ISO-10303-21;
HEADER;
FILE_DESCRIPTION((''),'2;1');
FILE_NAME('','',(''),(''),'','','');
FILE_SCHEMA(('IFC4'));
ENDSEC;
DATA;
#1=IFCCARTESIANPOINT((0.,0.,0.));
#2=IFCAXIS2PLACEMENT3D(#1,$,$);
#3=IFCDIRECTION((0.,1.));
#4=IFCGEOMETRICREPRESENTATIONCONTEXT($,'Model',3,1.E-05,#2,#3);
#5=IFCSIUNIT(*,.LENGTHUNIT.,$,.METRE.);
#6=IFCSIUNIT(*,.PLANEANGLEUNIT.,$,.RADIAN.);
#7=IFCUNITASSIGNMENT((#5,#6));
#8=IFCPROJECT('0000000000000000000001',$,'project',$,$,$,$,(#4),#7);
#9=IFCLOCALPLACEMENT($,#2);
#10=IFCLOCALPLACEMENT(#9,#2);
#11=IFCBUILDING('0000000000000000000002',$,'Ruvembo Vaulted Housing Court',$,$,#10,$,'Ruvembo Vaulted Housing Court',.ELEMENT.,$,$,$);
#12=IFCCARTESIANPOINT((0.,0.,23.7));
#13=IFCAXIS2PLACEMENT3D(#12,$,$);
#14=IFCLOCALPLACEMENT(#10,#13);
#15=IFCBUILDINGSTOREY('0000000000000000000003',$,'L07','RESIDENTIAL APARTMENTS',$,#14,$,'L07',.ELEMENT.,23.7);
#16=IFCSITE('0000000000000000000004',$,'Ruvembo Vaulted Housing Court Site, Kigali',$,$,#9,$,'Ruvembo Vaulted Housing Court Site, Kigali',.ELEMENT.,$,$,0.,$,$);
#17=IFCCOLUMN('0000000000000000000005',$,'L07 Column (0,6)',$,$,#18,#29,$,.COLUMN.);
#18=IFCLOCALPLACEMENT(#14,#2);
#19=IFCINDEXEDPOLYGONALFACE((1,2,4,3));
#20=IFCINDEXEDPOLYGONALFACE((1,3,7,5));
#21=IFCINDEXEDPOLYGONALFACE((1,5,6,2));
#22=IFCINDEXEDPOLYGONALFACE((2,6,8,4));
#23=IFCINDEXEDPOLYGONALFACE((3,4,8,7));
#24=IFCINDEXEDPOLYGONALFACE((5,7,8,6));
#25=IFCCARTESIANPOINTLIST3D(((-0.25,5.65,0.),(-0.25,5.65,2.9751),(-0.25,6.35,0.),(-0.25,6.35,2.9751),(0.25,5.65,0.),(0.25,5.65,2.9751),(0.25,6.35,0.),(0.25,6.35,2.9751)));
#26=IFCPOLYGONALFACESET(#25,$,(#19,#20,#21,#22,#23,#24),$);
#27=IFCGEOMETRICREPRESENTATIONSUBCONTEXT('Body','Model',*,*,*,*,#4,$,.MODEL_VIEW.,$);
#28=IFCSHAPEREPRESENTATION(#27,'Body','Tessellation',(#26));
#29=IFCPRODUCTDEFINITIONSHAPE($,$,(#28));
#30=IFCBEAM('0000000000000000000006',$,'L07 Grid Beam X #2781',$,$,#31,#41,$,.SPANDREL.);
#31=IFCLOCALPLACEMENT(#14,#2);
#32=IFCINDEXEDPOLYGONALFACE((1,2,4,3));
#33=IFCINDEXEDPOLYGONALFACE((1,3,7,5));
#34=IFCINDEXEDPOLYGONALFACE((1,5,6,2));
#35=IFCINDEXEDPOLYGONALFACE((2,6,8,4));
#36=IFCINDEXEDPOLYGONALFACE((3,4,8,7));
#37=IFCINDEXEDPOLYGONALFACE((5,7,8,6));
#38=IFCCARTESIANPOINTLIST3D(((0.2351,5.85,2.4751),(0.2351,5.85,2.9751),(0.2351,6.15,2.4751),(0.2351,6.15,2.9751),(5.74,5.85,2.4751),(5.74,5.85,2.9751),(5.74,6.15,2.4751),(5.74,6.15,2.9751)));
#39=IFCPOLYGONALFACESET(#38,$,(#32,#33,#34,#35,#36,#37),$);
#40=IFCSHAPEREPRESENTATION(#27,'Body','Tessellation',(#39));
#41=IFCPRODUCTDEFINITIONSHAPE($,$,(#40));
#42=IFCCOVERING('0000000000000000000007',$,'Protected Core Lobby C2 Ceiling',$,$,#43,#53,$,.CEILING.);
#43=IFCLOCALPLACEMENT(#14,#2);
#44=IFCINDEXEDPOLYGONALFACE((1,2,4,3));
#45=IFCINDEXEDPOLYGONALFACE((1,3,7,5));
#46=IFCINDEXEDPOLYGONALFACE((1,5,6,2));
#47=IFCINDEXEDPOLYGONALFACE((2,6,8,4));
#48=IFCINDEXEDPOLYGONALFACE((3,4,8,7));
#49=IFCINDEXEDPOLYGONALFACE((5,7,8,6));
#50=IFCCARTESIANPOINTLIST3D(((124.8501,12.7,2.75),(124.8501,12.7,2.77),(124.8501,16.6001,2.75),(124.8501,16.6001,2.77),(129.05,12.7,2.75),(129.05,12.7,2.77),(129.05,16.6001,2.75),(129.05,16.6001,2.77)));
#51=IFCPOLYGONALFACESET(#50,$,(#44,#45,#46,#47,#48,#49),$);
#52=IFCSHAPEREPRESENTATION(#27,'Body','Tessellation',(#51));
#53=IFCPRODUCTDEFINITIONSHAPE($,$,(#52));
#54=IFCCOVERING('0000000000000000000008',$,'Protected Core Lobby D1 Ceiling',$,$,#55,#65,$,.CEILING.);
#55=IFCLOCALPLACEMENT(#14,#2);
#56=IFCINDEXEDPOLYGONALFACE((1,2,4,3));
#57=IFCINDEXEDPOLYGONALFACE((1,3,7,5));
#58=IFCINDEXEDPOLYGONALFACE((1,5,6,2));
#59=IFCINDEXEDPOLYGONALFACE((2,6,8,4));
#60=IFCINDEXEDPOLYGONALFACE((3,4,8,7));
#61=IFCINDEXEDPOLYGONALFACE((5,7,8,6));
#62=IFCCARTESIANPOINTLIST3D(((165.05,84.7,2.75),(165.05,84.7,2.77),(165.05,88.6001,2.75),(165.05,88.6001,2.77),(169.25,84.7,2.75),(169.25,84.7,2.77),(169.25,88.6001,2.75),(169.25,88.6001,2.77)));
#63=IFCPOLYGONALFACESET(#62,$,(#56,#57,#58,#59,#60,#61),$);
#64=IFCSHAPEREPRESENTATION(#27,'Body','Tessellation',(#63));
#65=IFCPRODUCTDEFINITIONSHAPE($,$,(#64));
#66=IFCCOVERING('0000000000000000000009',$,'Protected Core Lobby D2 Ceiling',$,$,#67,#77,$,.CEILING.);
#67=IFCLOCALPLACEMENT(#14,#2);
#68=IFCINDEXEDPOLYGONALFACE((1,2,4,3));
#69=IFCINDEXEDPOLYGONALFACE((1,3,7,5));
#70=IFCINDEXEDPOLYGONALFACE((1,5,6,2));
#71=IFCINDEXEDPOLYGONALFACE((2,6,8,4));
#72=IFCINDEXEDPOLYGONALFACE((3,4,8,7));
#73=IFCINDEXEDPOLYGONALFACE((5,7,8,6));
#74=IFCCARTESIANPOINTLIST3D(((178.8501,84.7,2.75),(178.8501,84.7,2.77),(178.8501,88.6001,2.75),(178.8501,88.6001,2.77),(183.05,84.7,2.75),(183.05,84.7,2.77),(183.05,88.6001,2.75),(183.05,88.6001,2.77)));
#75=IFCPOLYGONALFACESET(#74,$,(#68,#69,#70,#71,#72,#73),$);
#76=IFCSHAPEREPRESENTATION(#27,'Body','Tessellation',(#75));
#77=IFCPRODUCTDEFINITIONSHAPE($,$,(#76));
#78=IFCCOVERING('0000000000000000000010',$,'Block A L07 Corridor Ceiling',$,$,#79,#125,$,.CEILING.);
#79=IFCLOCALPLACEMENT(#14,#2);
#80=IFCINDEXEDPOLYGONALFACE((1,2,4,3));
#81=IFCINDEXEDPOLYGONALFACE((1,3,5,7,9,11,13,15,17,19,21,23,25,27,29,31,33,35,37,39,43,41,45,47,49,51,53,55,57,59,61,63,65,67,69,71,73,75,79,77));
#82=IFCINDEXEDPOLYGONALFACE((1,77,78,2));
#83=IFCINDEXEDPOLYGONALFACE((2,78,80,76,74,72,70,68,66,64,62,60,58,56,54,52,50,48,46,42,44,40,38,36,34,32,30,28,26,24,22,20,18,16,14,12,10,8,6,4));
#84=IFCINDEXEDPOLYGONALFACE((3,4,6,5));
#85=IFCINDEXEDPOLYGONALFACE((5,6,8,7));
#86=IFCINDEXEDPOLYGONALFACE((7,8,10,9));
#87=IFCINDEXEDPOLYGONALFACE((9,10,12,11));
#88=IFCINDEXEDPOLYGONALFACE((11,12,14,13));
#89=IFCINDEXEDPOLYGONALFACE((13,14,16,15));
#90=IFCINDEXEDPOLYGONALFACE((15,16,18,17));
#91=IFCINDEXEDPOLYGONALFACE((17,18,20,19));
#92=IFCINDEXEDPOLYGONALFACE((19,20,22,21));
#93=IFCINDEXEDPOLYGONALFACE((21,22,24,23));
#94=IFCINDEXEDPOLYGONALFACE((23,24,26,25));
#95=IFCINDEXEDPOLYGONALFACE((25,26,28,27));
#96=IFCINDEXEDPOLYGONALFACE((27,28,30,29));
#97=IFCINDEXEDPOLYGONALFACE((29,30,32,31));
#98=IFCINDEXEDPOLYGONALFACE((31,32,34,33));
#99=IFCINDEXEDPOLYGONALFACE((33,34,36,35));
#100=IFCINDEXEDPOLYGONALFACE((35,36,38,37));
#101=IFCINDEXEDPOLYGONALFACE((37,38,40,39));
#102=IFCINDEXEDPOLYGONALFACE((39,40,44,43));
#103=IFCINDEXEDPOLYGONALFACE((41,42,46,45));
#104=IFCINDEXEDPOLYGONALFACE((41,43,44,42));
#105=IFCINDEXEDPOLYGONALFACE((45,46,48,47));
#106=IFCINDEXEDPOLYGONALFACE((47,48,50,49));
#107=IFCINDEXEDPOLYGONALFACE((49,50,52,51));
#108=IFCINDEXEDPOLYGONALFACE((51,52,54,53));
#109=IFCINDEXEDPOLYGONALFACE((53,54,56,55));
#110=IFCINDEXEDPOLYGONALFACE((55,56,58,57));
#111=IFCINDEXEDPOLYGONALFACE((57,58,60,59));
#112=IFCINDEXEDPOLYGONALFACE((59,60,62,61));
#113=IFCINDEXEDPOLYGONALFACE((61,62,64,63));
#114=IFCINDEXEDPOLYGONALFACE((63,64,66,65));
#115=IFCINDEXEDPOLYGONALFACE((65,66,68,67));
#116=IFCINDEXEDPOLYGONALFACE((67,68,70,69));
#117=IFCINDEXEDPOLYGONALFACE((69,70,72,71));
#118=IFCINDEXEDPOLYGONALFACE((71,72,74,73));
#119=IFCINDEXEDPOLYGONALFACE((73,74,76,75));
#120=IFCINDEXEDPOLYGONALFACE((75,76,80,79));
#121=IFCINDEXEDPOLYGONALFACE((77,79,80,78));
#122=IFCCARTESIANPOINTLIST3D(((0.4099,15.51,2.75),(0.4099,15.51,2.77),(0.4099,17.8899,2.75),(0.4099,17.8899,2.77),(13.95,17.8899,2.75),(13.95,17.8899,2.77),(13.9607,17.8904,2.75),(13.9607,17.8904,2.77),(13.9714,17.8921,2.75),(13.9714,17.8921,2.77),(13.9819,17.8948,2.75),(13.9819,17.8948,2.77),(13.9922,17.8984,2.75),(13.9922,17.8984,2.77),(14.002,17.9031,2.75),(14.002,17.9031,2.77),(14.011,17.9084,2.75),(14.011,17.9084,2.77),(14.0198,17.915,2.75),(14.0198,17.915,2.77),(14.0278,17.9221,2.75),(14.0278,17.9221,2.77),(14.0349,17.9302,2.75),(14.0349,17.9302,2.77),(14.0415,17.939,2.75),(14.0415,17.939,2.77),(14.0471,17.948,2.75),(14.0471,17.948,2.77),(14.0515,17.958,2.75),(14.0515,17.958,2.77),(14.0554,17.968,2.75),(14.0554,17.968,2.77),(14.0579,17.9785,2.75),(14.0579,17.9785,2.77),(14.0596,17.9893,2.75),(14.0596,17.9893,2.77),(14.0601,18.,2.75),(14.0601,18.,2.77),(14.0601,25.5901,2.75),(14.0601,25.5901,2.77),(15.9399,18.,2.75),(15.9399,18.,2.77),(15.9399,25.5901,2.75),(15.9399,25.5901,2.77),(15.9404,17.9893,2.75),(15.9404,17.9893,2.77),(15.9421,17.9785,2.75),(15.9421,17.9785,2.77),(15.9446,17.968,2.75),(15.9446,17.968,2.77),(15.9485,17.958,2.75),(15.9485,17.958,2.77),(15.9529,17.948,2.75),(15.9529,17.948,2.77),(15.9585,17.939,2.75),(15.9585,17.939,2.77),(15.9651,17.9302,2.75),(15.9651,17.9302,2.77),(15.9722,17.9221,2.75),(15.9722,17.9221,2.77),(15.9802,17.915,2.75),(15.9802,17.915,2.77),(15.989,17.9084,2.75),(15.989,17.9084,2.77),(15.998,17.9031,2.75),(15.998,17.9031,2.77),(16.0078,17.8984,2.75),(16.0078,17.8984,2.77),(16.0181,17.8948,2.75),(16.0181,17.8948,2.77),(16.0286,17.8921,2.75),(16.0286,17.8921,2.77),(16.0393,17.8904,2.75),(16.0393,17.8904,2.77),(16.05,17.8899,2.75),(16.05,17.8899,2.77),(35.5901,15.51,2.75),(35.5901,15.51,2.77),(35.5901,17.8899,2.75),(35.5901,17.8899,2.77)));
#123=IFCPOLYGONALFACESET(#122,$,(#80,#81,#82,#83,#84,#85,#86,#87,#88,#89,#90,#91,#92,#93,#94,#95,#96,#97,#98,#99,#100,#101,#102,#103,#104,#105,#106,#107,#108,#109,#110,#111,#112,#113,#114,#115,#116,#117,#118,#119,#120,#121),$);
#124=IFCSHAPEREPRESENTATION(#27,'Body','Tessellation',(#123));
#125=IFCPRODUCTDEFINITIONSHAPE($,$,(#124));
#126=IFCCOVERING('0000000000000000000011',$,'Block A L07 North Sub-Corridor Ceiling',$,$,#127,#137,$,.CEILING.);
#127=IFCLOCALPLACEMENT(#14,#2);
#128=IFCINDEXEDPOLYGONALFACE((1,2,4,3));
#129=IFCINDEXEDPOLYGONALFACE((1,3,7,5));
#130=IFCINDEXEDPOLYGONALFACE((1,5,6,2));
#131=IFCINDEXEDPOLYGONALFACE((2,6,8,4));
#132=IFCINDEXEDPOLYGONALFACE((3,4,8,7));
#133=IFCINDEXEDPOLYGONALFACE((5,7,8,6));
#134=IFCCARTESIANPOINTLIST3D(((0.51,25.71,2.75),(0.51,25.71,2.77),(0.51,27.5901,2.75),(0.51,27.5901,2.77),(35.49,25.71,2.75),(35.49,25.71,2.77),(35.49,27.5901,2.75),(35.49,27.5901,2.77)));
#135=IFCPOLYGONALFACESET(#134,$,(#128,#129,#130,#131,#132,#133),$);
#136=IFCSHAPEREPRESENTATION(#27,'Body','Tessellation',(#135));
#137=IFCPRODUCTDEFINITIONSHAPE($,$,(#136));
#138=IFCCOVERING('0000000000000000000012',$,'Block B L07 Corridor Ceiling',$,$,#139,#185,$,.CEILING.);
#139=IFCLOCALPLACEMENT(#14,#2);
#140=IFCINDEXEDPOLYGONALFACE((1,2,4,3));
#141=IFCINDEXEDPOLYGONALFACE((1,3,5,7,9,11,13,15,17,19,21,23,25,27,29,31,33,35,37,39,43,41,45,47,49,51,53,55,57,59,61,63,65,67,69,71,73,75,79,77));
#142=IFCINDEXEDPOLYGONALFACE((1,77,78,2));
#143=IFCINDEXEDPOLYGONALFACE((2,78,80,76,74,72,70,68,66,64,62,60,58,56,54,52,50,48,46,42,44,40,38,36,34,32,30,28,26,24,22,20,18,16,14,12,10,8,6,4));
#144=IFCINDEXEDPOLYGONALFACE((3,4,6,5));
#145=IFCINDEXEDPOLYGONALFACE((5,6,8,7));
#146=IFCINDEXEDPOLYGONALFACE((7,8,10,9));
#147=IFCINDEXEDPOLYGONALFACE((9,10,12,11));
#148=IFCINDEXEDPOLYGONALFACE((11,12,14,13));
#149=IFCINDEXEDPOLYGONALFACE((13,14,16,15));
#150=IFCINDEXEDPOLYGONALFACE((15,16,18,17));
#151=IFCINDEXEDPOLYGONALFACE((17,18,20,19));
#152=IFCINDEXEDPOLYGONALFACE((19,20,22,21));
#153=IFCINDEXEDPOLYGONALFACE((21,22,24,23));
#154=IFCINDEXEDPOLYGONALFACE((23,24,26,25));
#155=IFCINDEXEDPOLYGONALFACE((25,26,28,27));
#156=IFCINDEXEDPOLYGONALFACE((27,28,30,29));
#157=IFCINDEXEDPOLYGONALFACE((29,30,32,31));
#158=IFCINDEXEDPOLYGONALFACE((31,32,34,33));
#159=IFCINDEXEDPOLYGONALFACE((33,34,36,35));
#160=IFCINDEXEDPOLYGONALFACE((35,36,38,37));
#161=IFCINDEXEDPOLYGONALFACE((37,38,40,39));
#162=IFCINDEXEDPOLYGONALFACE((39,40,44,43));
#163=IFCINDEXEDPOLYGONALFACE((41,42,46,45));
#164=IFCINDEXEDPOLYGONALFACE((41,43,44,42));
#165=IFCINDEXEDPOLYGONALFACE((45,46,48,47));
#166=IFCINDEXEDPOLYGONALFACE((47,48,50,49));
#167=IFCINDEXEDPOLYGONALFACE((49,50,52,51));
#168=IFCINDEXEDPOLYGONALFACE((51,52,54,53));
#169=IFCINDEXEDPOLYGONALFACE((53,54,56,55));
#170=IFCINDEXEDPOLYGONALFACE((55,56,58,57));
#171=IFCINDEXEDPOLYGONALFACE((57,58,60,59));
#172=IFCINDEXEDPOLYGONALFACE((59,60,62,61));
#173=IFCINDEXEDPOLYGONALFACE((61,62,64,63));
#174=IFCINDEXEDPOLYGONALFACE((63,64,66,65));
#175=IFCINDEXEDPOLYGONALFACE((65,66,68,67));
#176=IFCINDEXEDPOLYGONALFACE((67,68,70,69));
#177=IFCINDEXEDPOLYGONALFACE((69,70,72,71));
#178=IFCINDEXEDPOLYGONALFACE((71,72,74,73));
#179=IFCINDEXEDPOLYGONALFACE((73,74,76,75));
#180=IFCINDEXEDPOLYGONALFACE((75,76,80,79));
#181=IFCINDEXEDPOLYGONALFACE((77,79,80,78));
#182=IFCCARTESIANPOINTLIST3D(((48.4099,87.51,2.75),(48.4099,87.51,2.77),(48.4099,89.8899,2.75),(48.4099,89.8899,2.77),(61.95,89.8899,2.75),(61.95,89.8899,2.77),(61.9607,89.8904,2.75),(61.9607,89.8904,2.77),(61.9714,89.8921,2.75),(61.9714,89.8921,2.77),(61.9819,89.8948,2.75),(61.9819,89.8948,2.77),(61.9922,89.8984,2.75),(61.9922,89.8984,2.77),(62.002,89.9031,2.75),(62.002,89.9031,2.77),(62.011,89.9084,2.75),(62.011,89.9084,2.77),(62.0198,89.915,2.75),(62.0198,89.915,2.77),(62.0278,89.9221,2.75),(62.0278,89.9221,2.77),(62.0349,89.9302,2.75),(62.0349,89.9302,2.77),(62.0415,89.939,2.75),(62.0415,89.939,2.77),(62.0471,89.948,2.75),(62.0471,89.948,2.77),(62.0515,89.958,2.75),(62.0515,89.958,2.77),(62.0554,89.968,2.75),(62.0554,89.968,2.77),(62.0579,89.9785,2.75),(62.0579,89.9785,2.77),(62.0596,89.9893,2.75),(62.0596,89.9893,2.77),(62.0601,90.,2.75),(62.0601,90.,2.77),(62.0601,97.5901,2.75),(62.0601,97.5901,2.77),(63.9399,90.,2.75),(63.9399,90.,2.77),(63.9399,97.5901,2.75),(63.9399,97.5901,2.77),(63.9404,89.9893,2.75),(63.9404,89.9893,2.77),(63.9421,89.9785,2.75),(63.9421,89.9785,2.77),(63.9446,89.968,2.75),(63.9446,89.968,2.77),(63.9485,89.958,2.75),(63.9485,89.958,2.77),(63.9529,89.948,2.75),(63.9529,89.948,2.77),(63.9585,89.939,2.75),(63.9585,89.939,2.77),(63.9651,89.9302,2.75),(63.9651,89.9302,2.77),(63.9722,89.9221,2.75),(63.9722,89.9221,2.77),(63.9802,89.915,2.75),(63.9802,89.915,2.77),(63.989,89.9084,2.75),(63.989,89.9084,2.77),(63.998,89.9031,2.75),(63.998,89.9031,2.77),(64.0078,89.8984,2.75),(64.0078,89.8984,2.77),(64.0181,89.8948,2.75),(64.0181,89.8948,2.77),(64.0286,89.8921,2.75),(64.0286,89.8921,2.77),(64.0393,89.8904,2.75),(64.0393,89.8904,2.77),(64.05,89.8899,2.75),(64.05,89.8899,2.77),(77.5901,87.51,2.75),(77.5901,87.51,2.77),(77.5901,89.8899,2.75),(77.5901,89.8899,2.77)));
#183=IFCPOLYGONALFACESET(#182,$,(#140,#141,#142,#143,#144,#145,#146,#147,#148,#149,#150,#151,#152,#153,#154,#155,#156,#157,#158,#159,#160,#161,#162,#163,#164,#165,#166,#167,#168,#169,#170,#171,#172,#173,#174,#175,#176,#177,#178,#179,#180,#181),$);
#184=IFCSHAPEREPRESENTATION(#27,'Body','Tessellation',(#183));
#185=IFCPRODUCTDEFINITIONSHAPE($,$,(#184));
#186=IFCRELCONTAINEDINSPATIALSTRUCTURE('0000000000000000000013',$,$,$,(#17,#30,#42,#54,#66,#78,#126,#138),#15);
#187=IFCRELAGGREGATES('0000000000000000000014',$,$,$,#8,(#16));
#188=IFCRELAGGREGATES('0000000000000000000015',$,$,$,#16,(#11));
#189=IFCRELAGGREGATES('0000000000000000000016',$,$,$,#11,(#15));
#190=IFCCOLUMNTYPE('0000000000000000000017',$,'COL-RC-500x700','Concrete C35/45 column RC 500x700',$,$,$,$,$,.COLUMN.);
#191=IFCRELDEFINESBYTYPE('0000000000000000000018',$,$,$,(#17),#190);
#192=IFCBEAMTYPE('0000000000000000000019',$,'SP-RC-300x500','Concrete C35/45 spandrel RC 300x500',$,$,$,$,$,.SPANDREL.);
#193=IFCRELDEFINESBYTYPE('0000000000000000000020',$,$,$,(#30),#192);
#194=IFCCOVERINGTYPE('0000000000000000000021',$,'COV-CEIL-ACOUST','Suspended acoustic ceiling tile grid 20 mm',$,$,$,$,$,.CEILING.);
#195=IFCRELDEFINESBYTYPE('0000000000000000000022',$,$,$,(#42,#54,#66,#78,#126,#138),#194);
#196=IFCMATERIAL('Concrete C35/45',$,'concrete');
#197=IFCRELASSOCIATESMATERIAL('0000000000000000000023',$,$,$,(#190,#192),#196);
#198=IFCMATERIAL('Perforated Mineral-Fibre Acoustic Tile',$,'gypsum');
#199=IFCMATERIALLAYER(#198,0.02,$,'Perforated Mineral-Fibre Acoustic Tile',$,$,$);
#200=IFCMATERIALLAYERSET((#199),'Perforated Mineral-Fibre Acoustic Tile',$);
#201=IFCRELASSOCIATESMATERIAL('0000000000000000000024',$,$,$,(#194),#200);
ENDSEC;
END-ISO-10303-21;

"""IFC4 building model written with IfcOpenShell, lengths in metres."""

from ifc_helpers import new_model, si_unit, direction, frame, origin, origin_2d, place, context, subcontext, project, spatial, polyline, rectangle, outline, extrude, material, layer, layer_set, material_profile, profile_set, type_object, element, save


model = new_model("IFC4")

# Units and contexts
model_context = context("Model", 3, precision=1e-05, world=origin(), true_north=direction((0.0, 1.0)))
body_context = subcontext(model_context, "Body", "Model", "MODEL_VIEW")
ifc_project = project(units=[si_unit("LENGTHUNIT", "METRE"), si_unit("PLANEANGLEUNIT", "RADIAN")], contexts=[model_context])

# Site, building, storey
site_placement = place(None, origin())
site = spatial("IfcSite", under=ifc_project, at=site_placement, Name="Ruvembo Vaulted Housing Court Site, Kigali", LongName="Ruvembo Vaulted Housing Court Site, Kigali", CompositionType="ELEMENT", RefElevation=0.0)
building_placement = place(site_placement, origin())
building = spatial("IfcBuilding", under=site, at=building_placement, Name="Ruvembo Vaulted Housing Court", LongName="Ruvembo Vaulted Housing Court", CompositionType="ELEMENT")
storey_placement = place(building_placement, frame((0.0, 0.0, 23.7)))
storey = spatial("IfcBuildingStorey", under=building, at=storey_placement, Name="L07", Description="RESIDENTIAL APARTMENTS", LongName="L07", CompositionType="ELEMENT", Elevation=23.7)

# Column
ifc_material_1 = material(Name="Concrete C35/45", Category="concrete")
ifc_material_profile_1 = material_profile(ifc_material_1, rectangle(XDim=0.5, YDim=0.7, at=origin_2d()), Name="RC 500x700")
ifc_profile_set_1 = profile_set([ifc_material_profile_1], Name="Concrete C35/45")
column_type = type_object("IfcColumnType", Name="COL-RC-500x700", Description="Concrete C35/45 column RC 500x700", PredefinedType="COLUMN", material=ifc_profile_set_1)
column_placement = place(storey_placement, frame((0.0, 6.0, 0.0), z_axis=(0.0, 0.0, 1.0), x_axis=(1.0, 0.0, 0.0)))
element("IfcColumn", 1, at=column_placement, inside=storey, type_object=column_type, Name="L07 Column (0,6)", PredefinedType="COLUMN", context=body_context, shape_type="SweptSolid", body=[
    extrude(rectangle(XDim=0.5, YDim=0.7, at=origin_2d()), origin(), (0.0, 0.0, 1.0), 2.9751),
])

# Beam
ifc_material_profile_2 = material_profile(ifc_material_1, rectangle(XDim=0.3, YDim=0.5, at=origin_2d()), Name="RC 300x500")
ifc_profile_set_2 = profile_set([ifc_material_profile_2], Name="Concrete C35/45")
beam_type = type_object("IfcBeamType", Name="SP-RC-300x500", Description="Concrete C35/45 spandrel RC 300x500", PredefinedType="SPANDREL", material=ifc_profile_set_2)
beam_placement = place(storey_placement, frame((0.2351, 6.0, 2.7251), z_axis=(1.0, 0.0, 0.0), x_axis=(0.0, 1.0, 0.0)))
element("IfcBeam", 2, at=beam_placement, inside=storey, type_object=beam_type, Name="L07 Grid Beam X #2781", PredefinedType="SPANDREL", context=body_context, shape_type="SweptSolid", body=[
    extrude(rectangle(XDim=0.3, YDim=0.5, at=origin_2d()), origin(), (0.0, 0.0, 1.0), 5.5049),
])

# Coverings
ifc_material_2 = material(Name="Perforated Mineral-Fibre Acoustic Tile", Category="gypsum")
ifc_layer_1 = layer(ifc_material_2, 0.02, Name="Perforated Mineral-Fibre Acoustic Tile")
ifc_layer_set_1 = layer_set([ifc_layer_1], Name="Perforated Mineral-Fibre Acoustic Tile")
covering_type_1 = type_object("IfcCoveringType", Name="COV-CEIL-ACOUST", Description="Suspended acoustic ceiling tile grid 20 mm", PredefinedType="CEILING", material=ifc_layer_set_1)
covering_1_placement = place(storey_placement, frame((0.0, 0.0, 2.75)))
element("IfcCovering", 3, at=covering_1_placement, inside=storey, type_object=covering_type_1, Name="Protected Core Lobby C2 Ceiling", PredefinedType="CEILING", context=body_context, shape_type="SweptSolid", body=[
    extrude(outline(polyline([(129.05, 16.6001), (124.8501, 16.6001), (124.8501, 12.7), (129.05, 12.7), (129.05, 16.6001)])), origin(), (0.0, 0.0, 1.0), 0.02),
])
covering_2_placement = place(storey_placement, frame((0.0, 0.0, 2.75)))
element("IfcCovering", 4, at=covering_2_placement, inside=storey, type_object=covering_type_1, Name="Protected Core Lobby D1 Ceiling", PredefinedType="CEILING", context=body_context, shape_type="SweptSolid", body=[
    extrude(outline(polyline([(169.25, 88.6001), (165.05, 88.6001), (165.05, 84.7), (169.25, 84.7), (169.25, 88.6001)])), origin(), (0.0, 0.0, 1.0), 0.02),
])
covering_3_placement = place(storey_placement, frame((0.0, 0.0, 2.75)))
element("IfcCovering", 5, at=covering_3_placement, inside=storey, type_object=covering_type_1, Name="Protected Core Lobby D2 Ceiling", PredefinedType="CEILING", context=body_context, shape_type="SweptSolid", body=[
    extrude(outline(polyline([(183.05, 88.6001), (178.8501, 88.6001), (178.8501, 84.7), (183.05, 84.7), (183.05, 88.6001)])), origin(), (0.0, 0.0, 1.0), 0.02),
])
covering_4_placement = place(storey_placement, frame((0.0, 0.0, 2.75)))
element("IfcCovering", 6, at=covering_4_placement, inside=storey, type_object=covering_type_1, Name="Block A L07 Corridor Ceiling", PredefinedType="CEILING", context=body_context, shape_type="SweptSolid", body=[
    extrude(outline(polyline([(35.5901, 15.51), (35.5901, 17.8899), (16.05, 17.8899), (16.0393, 17.8904), (16.0286, 17.8921), (16.0181, 17.8948), (16.0078, 17.8984), (15.998, 17.9031), (15.989, 17.9084), (15.9802, 17.915), (15.9722, 17.9221), (15.9651, 17.9302), (15.9585, 17.939), (15.9529, 17.948), (15.9485, 17.958), (15.9446, 17.968), (15.9421, 17.9785), (15.9404, 17.9893), (15.9399, 18.0), (15.9399, 25.5901), (14.0601, 25.5901), (14.0601, 18.0), (14.0596, 17.9893), (14.0579, 17.9785), (14.0554, 17.968), (14.0515, 17.958), (14.0471, 17.948), (14.0415, 17.939), (14.0349, 17.9302), (14.0278, 17.9221), (14.0198, 17.915), (14.011, 17.9084), (14.002, 17.9031), (13.9922, 17.8984), (13.9819, 17.8948), (13.9714, 17.8921), (13.9607, 17.8904), (13.95, 17.8899), (0.4099, 17.8899), (0.4099, 15.51), (35.5901, 15.51)])), origin(), (0.0, 0.0, 1.0), 0.02),
])
covering_5_placement = place(storey_placement, frame((0.0, 0.0, 2.75)))
element("IfcCovering", 7, at=covering_5_placement, inside=storey, type_object=covering_type_1, Name="Block A L07 North Sub-Corridor Ceiling", PredefinedType="CEILING", context=body_context, shape_type="SweptSolid", body=[
    extrude(outline(polyline([(0.51, 25.71), (35.49, 25.71), (35.49, 27.5901), (0.51, 27.5901), (0.51, 25.71)])), origin(), (0.0, 0.0, 1.0), 0.02),
])
covering_6_placement = place(storey_placement, frame((0.0, 0.0, 2.75)))
element("IfcCovering", 8, at=covering_6_placement, inside=storey, type_object=covering_type_1, Name="Block B L07 Corridor Ceiling", PredefinedType="CEILING", context=body_context, shape_type="SweptSolid", body=[
    extrude(outline(polyline([(77.5901, 87.51), (77.5901, 89.8899), (64.05, 89.8899), (64.0393, 89.8904), (64.0286, 89.8921), (64.0181, 89.8948), (64.0078, 89.8984), (63.998, 89.9031), (63.989, 89.9084), (63.9802, 89.915), (63.9722, 89.9221), (63.9651, 89.9302), (63.9585, 89.939), (63.9529, 89.948), (63.9485, 89.958), (63.9446, 89.968), (63.9421, 89.9785), (63.9404, 89.9893), (63.9399, 90.0), (63.9399, 97.5901), (62.0601, 97.5901), (62.0601, 90.0), (62.0596, 89.9893), (62.0579, 89.9785), (62.0554, 89.968), (62.0515, 89.958), (62.0471, 89.948), (62.0415, 89.939), (62.0349, 89.9302), (62.0278, 89.9221), (62.0198, 89.915), (62.011, 89.9084), (62.002, 89.9031), (61.9922, 89.8984), (61.9819, 89.8948), (61.9714, 89.8921), (61.9607, 89.8904), (61.95, 89.8899), (48.4099, 89.8899), (48.4099, 87.51), (77.5901, 87.51)])), origin(), (0.0, 0.0, 1.0), 0.02),
])

save(model, "model.ifc")
